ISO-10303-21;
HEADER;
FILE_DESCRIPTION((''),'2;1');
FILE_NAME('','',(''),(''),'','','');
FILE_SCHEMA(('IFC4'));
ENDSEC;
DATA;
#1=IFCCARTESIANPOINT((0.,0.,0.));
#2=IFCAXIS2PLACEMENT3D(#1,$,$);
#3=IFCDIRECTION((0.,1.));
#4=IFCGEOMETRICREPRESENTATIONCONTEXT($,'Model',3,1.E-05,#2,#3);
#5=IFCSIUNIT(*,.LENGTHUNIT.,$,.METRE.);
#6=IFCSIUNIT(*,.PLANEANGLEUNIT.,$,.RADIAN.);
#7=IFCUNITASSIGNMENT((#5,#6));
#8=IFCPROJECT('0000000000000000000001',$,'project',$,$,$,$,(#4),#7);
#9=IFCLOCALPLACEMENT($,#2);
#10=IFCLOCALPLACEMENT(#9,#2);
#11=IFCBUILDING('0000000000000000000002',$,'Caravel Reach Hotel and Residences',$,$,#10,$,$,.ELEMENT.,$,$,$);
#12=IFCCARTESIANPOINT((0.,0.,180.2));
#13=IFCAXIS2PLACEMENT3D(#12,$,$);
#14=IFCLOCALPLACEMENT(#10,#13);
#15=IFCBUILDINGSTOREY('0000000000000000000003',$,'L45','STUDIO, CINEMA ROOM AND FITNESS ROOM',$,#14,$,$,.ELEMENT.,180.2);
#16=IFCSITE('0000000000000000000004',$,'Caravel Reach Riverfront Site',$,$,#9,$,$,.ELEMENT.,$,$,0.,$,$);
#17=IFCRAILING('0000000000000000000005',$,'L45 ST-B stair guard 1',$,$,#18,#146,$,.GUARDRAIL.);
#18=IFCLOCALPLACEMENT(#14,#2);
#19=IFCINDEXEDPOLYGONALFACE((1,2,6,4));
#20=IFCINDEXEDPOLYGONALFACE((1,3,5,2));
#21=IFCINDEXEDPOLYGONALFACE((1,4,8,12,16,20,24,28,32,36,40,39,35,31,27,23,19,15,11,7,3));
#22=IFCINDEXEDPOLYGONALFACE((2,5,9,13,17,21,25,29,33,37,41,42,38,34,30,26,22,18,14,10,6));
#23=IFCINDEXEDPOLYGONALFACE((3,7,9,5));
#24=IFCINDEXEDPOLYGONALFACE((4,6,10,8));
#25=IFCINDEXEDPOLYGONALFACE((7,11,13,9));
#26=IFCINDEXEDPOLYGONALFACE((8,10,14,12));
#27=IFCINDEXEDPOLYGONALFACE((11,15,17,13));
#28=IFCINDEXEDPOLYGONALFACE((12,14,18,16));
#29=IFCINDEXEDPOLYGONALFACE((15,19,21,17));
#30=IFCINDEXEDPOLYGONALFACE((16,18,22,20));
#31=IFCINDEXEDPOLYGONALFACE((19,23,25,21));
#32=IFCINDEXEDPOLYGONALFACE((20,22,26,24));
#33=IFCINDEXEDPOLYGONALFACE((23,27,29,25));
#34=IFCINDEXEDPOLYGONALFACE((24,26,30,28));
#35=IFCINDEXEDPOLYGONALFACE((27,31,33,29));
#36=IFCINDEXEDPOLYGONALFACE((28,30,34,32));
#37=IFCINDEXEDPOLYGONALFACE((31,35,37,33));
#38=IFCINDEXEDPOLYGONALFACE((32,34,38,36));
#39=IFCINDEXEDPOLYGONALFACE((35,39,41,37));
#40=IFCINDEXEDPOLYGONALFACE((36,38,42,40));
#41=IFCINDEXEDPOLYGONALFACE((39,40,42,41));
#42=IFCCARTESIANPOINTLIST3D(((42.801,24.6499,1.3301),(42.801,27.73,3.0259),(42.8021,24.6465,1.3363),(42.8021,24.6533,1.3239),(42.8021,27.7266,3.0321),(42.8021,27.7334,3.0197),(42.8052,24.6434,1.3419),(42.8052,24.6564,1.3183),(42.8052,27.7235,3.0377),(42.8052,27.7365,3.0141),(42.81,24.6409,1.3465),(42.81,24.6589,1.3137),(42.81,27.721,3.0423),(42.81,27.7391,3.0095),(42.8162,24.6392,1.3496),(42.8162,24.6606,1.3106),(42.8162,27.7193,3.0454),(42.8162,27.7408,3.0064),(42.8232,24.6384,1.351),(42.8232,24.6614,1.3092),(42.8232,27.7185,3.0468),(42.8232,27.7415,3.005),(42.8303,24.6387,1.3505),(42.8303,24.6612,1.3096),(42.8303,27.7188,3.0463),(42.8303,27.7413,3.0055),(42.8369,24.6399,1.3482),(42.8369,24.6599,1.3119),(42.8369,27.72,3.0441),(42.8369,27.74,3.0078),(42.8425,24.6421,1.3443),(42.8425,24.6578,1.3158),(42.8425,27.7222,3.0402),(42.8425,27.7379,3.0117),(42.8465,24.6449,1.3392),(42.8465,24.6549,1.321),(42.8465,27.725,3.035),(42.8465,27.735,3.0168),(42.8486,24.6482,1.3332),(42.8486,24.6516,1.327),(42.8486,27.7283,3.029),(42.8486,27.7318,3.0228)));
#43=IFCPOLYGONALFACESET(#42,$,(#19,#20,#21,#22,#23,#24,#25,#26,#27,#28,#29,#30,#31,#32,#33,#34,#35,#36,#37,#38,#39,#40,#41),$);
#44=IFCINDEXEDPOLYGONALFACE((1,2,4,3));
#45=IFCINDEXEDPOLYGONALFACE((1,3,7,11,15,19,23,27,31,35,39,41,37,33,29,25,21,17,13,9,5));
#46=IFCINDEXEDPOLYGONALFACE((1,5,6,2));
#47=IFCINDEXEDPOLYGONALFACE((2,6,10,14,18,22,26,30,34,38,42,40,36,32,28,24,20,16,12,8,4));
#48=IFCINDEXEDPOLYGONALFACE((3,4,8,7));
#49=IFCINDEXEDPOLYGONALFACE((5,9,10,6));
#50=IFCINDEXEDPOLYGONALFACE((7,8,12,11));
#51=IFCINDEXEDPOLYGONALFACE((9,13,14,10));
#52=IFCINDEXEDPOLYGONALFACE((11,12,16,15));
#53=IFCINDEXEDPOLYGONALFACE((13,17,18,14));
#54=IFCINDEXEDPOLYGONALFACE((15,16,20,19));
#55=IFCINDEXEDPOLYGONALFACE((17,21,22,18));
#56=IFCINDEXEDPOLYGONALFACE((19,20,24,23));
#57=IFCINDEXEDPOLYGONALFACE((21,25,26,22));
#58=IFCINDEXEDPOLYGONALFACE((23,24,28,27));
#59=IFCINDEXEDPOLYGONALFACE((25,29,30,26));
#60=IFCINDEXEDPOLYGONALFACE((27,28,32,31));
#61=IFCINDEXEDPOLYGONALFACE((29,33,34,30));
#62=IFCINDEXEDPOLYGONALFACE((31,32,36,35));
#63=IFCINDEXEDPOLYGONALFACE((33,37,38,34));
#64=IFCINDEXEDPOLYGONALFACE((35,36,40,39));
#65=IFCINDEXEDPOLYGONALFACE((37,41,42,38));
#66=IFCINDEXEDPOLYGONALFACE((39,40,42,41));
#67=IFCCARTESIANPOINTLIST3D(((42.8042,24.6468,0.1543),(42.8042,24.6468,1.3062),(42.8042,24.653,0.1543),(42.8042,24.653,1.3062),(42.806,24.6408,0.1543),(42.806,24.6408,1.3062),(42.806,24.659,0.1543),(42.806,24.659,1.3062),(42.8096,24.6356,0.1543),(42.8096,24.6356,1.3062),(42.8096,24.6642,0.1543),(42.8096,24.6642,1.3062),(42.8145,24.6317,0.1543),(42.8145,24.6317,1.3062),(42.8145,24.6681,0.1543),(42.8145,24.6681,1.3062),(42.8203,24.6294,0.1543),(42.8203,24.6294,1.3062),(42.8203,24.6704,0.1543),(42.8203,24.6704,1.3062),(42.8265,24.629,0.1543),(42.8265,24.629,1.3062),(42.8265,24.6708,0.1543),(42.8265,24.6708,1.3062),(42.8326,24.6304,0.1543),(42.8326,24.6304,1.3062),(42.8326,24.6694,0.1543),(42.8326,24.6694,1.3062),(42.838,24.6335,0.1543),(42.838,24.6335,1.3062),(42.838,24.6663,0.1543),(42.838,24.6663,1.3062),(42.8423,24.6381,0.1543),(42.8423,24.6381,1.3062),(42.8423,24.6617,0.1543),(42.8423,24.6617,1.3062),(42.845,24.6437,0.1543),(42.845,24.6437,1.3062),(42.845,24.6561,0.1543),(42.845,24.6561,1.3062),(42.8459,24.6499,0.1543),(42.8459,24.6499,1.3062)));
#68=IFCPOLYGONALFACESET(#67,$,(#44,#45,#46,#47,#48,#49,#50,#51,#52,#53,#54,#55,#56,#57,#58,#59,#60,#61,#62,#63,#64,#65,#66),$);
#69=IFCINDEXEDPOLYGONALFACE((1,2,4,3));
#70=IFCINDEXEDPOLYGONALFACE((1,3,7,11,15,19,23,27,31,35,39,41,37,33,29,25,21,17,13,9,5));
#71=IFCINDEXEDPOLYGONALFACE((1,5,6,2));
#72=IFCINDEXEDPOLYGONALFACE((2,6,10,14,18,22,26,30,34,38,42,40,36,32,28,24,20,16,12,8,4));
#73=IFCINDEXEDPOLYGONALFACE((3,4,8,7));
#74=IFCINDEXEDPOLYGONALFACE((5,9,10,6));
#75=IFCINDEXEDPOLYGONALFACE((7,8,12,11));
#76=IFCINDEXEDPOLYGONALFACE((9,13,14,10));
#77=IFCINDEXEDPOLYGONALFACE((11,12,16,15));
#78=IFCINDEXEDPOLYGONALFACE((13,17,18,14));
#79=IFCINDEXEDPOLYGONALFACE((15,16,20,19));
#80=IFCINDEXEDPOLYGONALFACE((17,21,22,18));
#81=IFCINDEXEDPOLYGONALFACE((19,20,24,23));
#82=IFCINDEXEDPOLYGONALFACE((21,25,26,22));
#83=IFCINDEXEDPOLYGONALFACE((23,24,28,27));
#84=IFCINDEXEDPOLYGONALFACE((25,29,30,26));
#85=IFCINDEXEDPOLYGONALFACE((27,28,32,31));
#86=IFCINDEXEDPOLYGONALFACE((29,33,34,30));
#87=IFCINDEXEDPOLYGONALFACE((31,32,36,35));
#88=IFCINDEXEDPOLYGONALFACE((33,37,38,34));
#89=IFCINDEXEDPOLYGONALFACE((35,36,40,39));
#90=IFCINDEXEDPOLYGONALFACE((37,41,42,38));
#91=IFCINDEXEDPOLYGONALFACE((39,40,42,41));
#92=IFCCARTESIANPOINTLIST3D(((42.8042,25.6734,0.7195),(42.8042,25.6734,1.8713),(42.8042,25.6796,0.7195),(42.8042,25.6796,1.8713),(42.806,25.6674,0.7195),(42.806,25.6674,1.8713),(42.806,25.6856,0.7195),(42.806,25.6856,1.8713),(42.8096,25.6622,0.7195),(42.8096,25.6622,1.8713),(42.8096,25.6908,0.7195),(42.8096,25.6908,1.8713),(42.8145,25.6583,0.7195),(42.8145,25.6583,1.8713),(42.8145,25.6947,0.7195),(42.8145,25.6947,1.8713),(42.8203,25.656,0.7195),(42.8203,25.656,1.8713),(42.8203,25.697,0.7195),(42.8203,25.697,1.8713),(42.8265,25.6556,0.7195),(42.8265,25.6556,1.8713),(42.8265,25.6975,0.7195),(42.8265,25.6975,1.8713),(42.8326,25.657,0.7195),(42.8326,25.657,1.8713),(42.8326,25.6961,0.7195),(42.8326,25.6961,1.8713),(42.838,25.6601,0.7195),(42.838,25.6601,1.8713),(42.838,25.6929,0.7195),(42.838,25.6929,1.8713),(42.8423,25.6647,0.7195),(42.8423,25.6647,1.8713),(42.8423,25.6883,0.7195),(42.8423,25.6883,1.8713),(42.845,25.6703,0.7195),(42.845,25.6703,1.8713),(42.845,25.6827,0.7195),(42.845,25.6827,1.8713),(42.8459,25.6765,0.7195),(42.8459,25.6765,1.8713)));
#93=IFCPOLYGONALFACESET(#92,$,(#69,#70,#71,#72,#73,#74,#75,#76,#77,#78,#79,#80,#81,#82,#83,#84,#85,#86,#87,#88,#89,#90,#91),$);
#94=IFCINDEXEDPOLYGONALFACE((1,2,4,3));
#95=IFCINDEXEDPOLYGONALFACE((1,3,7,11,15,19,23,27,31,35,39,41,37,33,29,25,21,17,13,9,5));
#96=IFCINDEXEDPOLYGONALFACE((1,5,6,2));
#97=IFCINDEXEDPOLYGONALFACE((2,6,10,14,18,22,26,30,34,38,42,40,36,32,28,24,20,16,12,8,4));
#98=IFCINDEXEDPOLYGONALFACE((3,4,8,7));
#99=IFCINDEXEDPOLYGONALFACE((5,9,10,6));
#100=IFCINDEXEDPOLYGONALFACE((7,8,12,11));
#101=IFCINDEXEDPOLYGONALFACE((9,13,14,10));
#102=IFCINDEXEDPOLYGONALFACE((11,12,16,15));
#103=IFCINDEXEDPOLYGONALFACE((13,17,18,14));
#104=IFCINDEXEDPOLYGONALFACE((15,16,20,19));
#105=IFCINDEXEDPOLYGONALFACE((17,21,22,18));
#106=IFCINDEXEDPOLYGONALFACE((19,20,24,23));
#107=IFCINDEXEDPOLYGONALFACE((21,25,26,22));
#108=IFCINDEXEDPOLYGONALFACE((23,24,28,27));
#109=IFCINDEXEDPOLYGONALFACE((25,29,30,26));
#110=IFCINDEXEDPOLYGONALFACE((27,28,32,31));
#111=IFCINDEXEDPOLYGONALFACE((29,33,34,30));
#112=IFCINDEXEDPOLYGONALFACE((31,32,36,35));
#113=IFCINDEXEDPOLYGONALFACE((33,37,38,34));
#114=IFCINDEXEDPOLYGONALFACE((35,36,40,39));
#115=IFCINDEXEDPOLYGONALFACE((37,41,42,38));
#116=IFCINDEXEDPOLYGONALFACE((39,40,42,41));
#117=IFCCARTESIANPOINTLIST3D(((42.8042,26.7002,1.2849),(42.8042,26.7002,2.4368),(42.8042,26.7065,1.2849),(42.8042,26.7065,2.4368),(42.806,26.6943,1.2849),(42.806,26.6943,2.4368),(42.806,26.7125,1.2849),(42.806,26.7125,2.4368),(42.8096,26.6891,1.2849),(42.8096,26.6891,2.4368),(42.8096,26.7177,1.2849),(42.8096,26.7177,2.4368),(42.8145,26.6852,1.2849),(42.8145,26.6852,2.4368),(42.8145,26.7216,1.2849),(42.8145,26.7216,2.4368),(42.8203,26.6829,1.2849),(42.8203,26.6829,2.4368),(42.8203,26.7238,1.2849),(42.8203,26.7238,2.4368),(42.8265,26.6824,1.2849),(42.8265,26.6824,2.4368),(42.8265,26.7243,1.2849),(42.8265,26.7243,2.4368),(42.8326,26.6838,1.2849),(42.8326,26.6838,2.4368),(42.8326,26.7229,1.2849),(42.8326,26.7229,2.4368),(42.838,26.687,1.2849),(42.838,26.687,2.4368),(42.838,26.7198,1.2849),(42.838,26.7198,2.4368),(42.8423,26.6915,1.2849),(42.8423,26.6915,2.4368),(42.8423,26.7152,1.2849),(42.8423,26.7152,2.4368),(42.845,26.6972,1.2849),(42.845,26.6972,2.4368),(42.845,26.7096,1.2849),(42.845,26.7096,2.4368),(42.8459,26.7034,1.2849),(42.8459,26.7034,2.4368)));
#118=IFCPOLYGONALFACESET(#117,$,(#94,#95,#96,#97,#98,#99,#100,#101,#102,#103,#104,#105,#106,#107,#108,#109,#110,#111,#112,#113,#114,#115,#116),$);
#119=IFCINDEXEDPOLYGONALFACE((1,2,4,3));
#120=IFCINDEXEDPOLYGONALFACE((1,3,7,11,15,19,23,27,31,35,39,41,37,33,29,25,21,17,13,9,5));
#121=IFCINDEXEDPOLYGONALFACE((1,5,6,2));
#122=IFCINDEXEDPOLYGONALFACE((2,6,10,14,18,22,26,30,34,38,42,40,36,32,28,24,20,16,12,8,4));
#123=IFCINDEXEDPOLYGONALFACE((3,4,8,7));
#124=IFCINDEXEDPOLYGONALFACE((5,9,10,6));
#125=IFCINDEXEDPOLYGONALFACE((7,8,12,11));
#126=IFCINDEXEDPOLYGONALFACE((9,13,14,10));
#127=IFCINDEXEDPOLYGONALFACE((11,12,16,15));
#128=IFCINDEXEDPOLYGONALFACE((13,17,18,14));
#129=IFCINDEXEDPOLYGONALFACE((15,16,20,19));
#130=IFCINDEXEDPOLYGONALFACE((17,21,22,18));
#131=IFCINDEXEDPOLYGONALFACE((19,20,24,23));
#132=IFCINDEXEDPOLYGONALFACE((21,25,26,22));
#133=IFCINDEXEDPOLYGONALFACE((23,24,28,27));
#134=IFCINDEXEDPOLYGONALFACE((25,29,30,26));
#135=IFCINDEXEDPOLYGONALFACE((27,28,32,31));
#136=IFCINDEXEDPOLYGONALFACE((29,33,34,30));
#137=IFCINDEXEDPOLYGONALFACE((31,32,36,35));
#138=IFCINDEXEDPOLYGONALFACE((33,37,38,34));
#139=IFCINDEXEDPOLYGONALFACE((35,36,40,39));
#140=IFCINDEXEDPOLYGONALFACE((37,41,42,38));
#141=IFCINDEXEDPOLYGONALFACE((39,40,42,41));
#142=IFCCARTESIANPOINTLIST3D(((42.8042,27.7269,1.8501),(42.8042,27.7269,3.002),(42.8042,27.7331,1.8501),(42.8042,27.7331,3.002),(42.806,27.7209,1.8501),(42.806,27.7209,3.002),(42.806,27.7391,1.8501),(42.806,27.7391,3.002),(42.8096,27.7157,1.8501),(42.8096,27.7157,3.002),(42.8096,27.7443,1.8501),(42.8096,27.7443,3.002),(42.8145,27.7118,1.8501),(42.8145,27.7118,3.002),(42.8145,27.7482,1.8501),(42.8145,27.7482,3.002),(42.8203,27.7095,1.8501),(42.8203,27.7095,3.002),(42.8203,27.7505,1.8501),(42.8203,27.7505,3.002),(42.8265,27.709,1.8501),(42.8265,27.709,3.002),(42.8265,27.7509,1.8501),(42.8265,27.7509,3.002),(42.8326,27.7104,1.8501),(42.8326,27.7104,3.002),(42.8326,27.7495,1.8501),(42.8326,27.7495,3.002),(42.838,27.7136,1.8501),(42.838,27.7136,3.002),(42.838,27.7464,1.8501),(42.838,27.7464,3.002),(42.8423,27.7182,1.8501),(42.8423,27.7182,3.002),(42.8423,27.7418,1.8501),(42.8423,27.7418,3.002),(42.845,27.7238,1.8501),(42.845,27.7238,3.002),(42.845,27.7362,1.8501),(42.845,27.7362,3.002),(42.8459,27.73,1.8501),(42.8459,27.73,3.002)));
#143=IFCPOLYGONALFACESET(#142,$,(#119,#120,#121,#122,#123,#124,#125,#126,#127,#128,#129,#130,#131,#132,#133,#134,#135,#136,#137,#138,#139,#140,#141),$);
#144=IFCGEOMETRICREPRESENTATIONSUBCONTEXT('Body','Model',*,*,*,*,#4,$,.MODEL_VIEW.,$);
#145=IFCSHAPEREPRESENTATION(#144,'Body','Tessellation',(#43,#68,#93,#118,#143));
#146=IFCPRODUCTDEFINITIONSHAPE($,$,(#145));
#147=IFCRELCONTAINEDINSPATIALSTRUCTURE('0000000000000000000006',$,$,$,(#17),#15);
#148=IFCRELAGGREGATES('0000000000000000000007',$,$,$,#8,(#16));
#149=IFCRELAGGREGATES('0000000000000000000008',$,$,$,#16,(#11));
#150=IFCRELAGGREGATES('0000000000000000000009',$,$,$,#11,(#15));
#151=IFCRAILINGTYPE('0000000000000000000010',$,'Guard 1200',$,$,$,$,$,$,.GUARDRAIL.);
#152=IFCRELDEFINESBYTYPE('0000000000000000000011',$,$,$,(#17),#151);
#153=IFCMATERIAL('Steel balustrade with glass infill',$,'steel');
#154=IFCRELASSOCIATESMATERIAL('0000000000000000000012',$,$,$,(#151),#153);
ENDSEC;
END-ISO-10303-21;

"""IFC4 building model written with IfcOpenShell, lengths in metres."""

from ifc_helpers import new_model, si_unit, direction, frame, origin, origin_2d, place, context, subcontext, project, spatial, circle, extrude, material, type_object, element, save


model = new_model("IFC4")

# Units and contexts
model_context = context("Model", 3, precision=1e-05, world=origin(), true_north=direction((0.0, 1.0)))
body_context = subcontext(model_context, "Body", "Model", "MODEL_VIEW")
ifc_project = project(units=[si_unit("LENGTHUNIT", "METRE"), si_unit("PLANEANGLEUNIT", "RADIAN")], contexts=[model_context])

# Site, building, storey
site_placement = place(None, origin())
site = spatial("IfcSite", under=ifc_project, at=site_placement, Name="Caravel Reach Riverfront Site", CompositionType="ELEMENT", RefElevation=0.0)
building_placement = place(site_placement, origin())
building = spatial("IfcBuilding", under=site, at=building_placement, Name="Caravel Reach Hotel and Residences", CompositionType="ELEMENT")
storey_placement = place(building_placement, frame((0.0, 0.0, 180.2)))
storey = spatial("IfcBuildingStorey", under=building, at=storey_placement, Name="L45", Description="STUDIO, CINEMA ROOM AND FITNESS ROOM", CompositionType="ELEMENT", Elevation=180.2)

# Railing
ifc_material_1 = material(Name="Steel balustrade with glass infill", Category="steel")
railing_type_1 = type_object("IfcRailingType", Name="Guard 1200", PredefinedType="GUARDRAIL", material=ifc_material_1)
railing_1_placement = place(storey_placement, frame((42.825, 24.6499, 0.1543)))
element("IfcRailing", 1, at=railing_1_placement, inside=storey, type_object=railing_type_1, Name="L45 ST-B stair guard 1", PredefinedType="GUARDRAIL", context=body_context, shape_type="SweptSolid", body=[
    extrude(circle(Radius=0.0239, at=origin_2d()), frame((0.0, 0.0, 1.1758), z_axis=(0.0, 0.876005, 0.482303), x_axis=(-1.0, 0.0, 0.0)), (0.0, 0.0, 1.0), 3.5161),
    extrude(circle(Radius=0.021, at=origin_2d()), origin(), (0.0, 0.0, 1.0), 1.1519),
    extrude(circle(Radius=0.021, at=origin_2d()), frame((0.0, 1.0266, 0.5652)), (0.0, 0.0, 1.0), 1.1519),
    extrude(circle(Radius=0.021, at=origin_2d()), frame((0.0, 2.0535, 1.1306)), (0.0, 0.0, 1.0), 1.1519),
    extrude(circle(Radius=0.021, at=origin_2d()), frame((0.0, 3.0801, 1.6958)), (0.0, 0.0, 1.0), 1.1519),
])

save(model, "model.ifc")
